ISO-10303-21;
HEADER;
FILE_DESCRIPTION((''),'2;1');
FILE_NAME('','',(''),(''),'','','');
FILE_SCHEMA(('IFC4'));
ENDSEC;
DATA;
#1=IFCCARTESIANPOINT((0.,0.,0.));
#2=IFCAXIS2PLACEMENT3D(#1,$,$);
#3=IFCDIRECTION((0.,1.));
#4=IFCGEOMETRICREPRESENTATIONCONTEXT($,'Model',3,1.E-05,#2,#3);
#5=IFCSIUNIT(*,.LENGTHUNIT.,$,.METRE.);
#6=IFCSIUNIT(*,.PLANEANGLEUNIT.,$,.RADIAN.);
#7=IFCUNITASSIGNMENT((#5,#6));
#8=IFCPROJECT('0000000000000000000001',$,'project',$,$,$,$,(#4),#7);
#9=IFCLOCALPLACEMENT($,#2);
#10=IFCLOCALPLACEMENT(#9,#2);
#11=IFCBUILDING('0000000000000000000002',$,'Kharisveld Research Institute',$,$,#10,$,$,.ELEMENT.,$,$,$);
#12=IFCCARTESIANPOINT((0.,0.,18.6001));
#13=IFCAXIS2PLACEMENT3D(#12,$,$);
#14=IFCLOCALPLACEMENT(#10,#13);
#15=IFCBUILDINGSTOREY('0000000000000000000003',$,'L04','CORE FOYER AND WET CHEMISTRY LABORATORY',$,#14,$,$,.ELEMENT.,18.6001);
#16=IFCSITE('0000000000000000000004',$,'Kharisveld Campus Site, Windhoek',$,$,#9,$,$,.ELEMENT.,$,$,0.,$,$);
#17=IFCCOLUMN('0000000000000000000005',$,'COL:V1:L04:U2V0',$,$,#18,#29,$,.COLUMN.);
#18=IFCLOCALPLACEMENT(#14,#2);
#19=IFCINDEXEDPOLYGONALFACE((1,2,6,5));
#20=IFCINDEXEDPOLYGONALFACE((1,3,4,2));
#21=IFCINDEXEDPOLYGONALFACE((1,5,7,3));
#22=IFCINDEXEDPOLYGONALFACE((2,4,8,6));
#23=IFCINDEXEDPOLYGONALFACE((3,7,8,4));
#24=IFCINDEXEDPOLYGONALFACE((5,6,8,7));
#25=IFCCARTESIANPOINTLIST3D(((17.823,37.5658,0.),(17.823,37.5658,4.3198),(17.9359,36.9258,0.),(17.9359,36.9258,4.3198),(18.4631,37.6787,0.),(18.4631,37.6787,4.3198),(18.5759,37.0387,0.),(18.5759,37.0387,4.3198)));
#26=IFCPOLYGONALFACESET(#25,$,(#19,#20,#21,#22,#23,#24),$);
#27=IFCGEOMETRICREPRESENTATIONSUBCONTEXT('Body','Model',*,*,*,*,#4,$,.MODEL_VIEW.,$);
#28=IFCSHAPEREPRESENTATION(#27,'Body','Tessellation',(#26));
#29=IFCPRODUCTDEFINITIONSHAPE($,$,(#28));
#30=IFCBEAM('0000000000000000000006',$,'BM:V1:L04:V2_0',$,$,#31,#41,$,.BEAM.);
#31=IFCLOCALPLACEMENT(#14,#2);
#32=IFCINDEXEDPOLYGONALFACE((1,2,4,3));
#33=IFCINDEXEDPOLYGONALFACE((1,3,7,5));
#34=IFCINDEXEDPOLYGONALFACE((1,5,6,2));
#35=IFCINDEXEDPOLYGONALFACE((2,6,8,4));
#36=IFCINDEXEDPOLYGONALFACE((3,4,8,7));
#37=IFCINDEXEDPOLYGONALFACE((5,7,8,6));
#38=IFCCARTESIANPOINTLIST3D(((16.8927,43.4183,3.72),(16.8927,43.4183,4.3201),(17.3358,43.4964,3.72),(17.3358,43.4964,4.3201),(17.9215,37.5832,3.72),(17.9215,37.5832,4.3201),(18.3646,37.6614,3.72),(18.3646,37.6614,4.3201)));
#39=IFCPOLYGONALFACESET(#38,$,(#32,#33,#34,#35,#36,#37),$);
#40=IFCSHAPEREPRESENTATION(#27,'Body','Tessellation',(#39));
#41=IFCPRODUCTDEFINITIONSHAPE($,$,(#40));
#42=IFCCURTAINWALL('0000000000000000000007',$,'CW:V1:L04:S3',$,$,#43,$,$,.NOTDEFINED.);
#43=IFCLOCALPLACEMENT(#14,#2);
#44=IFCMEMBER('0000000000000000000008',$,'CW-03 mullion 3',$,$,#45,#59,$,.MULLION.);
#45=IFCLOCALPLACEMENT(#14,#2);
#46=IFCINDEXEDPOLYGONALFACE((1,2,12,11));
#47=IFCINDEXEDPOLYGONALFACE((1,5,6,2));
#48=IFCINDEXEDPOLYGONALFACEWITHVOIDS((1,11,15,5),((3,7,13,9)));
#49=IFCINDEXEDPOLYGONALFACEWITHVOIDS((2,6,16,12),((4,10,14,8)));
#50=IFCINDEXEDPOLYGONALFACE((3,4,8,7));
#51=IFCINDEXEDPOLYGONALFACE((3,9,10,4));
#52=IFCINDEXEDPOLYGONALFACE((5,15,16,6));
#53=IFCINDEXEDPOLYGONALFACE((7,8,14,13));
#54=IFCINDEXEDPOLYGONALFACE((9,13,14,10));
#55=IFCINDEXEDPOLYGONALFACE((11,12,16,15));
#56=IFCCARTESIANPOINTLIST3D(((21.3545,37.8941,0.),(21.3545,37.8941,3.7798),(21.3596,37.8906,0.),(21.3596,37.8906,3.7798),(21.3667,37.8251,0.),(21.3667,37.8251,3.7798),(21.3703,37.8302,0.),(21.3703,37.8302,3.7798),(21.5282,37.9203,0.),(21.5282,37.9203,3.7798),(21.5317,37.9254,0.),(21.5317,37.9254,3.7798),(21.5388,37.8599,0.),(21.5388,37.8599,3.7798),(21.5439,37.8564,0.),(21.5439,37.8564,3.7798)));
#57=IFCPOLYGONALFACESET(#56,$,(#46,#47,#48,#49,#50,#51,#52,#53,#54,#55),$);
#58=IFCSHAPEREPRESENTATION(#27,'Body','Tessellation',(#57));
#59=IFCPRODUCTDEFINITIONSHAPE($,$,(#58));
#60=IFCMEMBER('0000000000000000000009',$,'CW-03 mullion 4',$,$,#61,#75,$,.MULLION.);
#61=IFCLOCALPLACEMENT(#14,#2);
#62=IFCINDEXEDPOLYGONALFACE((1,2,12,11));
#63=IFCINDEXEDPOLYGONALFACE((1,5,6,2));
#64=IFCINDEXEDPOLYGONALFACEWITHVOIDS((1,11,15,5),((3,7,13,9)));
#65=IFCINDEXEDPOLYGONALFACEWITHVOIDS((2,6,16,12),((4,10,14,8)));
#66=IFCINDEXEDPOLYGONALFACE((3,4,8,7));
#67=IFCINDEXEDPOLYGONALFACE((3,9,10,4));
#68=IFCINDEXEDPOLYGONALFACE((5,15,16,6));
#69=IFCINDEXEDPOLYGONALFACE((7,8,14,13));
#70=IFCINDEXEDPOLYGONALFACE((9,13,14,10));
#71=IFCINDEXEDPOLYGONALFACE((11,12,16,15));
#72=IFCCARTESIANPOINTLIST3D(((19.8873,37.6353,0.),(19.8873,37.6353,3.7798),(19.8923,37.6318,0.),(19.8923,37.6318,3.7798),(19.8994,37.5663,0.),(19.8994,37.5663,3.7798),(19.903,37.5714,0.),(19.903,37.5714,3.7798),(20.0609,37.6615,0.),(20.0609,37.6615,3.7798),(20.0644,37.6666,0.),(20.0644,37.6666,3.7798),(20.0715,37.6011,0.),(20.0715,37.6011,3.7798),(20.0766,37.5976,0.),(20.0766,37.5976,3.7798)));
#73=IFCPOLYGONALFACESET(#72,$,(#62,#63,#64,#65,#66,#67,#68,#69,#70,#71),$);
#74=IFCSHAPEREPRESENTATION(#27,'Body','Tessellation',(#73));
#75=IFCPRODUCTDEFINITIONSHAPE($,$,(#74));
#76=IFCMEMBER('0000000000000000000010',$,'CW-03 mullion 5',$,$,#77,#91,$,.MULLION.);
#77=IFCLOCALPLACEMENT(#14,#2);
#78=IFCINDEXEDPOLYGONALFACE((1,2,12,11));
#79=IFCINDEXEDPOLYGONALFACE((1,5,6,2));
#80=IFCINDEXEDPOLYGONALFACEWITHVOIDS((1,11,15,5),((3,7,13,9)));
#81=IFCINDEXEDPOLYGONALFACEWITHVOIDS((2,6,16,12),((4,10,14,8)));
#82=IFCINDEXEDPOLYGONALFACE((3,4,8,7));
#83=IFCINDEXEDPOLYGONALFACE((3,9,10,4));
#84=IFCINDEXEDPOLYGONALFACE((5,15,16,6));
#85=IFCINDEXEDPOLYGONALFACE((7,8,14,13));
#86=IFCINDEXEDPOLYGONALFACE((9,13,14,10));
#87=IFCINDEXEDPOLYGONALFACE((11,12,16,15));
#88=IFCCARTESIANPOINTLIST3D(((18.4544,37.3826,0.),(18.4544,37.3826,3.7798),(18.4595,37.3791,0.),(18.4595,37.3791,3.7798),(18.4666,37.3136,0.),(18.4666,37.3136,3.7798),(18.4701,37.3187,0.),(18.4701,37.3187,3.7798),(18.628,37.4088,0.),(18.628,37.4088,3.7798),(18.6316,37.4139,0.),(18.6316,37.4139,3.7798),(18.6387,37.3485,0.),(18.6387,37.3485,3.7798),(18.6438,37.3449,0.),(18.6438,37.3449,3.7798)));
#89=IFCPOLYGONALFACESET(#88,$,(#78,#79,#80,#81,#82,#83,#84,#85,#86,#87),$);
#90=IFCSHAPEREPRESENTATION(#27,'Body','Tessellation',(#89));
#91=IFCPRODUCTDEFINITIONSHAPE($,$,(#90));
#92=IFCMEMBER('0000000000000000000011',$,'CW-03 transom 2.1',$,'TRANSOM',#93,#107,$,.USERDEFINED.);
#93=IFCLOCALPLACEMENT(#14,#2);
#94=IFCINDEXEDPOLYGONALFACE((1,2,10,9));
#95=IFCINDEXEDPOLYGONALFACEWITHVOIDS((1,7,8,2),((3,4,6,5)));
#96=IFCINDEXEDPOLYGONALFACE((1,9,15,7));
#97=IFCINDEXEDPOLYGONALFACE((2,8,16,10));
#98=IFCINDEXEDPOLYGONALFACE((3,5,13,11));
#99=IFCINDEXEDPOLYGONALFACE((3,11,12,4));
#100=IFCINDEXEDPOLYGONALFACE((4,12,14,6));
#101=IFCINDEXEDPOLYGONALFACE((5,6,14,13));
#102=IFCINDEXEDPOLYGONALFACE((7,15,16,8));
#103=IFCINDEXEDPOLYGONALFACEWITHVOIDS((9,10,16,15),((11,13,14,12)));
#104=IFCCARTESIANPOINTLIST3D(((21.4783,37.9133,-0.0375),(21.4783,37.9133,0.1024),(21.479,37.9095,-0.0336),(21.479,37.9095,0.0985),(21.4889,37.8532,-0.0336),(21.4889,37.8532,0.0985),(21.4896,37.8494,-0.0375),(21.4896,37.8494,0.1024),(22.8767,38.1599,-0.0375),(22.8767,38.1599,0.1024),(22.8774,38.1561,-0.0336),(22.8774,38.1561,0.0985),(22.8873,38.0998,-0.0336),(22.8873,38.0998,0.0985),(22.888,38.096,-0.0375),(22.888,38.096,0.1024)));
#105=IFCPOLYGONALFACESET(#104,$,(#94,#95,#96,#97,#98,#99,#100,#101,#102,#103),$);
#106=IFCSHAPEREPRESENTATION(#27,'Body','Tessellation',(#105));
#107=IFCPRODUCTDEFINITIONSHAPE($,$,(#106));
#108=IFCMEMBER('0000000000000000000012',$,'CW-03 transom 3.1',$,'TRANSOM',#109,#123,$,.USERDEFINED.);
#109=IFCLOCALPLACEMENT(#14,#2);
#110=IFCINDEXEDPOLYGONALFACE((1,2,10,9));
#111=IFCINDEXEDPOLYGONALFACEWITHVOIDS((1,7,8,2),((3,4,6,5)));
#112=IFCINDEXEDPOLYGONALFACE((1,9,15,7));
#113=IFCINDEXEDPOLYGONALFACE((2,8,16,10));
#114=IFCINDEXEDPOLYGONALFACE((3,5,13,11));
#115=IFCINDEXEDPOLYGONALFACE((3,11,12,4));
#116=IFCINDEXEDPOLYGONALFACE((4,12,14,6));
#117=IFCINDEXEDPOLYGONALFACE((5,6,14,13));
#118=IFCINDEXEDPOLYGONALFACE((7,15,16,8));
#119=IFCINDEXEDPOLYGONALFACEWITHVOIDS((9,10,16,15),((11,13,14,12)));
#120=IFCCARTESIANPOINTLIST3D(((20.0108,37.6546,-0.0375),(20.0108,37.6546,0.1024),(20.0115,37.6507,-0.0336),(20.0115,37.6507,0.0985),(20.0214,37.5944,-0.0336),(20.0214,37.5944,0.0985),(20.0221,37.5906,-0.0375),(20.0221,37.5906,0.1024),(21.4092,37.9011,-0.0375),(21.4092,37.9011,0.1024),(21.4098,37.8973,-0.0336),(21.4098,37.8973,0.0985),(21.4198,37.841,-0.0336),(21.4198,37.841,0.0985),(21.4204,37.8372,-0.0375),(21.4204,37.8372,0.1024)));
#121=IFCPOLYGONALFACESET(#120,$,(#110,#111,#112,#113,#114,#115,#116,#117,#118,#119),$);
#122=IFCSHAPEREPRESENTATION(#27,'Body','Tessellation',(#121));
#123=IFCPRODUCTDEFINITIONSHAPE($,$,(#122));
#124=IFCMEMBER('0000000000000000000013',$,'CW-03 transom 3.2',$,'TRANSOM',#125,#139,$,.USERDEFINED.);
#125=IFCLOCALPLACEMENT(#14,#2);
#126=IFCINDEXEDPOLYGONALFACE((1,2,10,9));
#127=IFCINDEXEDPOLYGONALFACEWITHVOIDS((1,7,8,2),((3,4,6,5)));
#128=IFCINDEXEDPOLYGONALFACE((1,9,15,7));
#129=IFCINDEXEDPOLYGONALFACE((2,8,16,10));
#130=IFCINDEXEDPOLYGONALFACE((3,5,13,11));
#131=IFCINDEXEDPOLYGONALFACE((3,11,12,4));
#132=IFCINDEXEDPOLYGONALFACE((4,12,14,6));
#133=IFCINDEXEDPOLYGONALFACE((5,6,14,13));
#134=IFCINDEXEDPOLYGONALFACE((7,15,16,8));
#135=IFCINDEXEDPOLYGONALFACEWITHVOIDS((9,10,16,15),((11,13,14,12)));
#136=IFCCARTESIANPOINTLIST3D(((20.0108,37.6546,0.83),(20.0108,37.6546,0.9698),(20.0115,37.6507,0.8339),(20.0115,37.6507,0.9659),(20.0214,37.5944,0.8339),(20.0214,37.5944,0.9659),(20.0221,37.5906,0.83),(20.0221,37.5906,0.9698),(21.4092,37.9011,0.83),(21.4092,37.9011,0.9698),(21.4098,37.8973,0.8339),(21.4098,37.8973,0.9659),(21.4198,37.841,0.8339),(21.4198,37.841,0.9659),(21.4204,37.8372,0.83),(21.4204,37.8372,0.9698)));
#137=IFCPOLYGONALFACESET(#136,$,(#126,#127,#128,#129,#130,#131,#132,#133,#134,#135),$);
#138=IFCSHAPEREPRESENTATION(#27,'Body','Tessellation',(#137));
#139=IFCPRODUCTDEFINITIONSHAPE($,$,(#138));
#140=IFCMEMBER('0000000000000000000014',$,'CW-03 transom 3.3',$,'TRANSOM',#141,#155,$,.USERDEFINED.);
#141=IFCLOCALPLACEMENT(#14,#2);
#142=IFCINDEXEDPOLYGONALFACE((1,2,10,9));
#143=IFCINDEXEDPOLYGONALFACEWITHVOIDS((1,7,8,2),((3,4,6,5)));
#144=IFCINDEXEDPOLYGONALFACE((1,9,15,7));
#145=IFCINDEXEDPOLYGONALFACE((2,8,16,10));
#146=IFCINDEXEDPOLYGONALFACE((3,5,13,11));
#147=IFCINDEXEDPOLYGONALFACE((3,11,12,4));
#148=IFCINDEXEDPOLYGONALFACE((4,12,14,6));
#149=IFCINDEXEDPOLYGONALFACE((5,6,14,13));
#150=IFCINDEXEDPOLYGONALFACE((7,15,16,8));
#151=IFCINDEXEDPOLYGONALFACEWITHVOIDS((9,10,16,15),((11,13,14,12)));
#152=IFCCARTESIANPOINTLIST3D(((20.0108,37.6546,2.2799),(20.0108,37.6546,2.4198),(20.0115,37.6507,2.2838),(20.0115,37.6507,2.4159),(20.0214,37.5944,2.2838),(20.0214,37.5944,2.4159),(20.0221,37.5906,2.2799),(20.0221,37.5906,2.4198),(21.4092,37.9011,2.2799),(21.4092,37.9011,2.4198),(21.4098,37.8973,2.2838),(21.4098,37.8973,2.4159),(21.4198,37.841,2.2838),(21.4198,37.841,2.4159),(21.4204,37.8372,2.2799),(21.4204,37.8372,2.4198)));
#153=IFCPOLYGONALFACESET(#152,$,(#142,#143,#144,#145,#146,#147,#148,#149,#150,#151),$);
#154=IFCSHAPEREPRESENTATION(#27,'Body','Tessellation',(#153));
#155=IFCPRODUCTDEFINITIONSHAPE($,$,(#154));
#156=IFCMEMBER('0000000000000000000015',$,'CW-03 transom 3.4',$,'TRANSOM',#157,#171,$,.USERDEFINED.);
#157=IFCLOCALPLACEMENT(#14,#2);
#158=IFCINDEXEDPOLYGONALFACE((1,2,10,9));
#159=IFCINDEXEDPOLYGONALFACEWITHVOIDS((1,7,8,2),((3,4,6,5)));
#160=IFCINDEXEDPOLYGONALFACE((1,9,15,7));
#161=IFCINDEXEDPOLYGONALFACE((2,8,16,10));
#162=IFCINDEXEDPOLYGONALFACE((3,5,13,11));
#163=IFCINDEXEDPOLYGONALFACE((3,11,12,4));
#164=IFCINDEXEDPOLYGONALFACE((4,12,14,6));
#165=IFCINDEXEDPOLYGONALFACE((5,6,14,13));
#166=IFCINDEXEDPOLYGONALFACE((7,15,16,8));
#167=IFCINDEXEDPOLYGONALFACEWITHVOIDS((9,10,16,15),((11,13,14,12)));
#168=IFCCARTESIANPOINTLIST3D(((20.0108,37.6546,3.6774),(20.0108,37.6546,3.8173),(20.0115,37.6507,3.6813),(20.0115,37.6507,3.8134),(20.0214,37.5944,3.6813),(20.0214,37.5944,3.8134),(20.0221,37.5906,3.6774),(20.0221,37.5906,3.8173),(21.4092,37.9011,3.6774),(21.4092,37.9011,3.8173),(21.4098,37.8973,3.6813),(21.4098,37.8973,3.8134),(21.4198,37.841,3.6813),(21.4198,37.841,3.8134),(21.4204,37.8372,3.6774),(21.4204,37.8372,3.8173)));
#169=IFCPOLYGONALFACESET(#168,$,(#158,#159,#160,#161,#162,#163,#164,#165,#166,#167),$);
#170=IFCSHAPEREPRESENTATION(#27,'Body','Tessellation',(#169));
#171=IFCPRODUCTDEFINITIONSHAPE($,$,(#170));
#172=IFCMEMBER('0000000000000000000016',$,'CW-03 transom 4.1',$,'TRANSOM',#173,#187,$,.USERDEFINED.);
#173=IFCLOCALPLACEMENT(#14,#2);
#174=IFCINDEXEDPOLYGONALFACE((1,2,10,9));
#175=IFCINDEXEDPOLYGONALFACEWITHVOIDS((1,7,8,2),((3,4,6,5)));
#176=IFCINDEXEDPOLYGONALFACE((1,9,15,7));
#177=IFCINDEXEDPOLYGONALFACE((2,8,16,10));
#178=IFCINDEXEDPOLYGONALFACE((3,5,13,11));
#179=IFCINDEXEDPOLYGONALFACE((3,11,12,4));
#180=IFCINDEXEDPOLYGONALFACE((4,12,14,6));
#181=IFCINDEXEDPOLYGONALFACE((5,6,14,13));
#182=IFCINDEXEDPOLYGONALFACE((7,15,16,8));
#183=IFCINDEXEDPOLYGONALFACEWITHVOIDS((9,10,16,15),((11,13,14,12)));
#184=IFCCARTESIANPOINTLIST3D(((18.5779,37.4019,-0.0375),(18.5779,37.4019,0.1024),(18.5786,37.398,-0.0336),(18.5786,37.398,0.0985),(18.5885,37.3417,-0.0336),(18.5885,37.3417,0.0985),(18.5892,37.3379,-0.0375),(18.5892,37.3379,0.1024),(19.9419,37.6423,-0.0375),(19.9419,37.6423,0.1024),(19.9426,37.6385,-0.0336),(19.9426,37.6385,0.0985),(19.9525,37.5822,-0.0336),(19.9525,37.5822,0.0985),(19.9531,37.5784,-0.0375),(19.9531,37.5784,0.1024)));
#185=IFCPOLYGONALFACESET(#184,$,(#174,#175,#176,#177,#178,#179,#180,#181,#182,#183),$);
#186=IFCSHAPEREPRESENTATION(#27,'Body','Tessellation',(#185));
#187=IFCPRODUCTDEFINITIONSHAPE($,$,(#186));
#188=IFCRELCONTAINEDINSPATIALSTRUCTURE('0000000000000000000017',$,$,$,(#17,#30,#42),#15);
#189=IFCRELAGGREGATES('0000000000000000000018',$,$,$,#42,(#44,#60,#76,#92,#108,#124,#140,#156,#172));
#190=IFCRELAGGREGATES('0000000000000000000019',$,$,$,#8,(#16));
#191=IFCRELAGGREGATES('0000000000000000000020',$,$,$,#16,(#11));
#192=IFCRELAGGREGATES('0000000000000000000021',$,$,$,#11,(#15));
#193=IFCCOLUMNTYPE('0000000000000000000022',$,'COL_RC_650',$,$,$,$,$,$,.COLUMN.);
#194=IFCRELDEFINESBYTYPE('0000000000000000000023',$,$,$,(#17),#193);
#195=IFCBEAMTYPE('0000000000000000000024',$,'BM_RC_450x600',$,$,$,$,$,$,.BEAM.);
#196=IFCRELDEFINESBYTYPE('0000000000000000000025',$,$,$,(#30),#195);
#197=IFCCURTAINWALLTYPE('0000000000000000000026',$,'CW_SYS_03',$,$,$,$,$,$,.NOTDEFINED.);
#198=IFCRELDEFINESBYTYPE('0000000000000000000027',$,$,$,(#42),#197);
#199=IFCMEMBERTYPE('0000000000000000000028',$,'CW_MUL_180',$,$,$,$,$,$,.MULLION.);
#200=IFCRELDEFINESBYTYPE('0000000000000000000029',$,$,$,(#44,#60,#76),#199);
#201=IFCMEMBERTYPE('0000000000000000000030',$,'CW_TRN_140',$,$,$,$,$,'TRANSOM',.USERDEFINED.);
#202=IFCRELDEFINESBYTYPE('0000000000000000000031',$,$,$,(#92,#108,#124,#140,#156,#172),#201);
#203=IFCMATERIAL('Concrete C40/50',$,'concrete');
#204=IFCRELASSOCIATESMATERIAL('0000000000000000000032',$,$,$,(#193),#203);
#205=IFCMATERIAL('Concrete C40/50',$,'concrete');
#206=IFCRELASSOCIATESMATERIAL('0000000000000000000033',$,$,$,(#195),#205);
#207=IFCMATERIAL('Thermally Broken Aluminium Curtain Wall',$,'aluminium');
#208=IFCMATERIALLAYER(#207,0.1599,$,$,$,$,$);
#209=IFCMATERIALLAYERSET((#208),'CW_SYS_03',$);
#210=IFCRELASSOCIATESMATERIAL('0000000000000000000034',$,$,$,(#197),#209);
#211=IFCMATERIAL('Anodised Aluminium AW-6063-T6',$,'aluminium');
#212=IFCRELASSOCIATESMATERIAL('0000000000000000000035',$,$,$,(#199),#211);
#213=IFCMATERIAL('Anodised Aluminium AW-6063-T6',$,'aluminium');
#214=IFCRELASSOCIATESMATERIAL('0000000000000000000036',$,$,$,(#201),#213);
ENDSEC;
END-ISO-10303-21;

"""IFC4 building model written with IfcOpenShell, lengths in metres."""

from ifc_helpers import new_model, si_unit, direction, frame, origin, origin_2d, place, context, subcontext, project, spatial, rectangle, hollow_rectangle, extrude, material, layer, layer_set, material_profile, profile_set, type_object, element, aggregate, save


model = new_model("IFC4")

# Units and contexts
model_context = context("Model", 3, precision=1e-05, world=origin(), true_north=direction((0.0, 1.0)))
body_context = subcontext(model_context, "Body", "Model", "MODEL_VIEW")
ifc_project = project(units=[si_unit("LENGTHUNIT", "METRE"), si_unit("PLANEANGLEUNIT", "RADIAN")], contexts=[model_context])

# Site, building, storey
site_placement = place(None, origin())
site = spatial("IfcSite", under=ifc_project, at=site_placement, Name="Kharisveld Campus Site, Windhoek", CompositionType="ELEMENT", RefElevation=0.0)
building_placement = place(site_placement, origin())
building = spatial("IfcBuilding", under=site, at=building_placement, Name="Kharisveld Research Institute", CompositionType="ELEMENT")
storey_placement = place(building_placement, frame((0.0, 0.0, 18.6001)))
storey = spatial("IfcBuildingStorey", under=building, at=storey_placement, Name="L04", Description="CORE FOYER AND WET CHEMISTRY LABORATORY", CompositionType="ELEMENT", Elevation=18.6001)

# Column
ifc_material_1 = material(Name="Concrete C40/50", Category="concrete")
ifc_material_profile_1 = material_profile(ifc_material_1, rectangle(XDim=0.6499, YDim=0.6499, at=origin_2d()))
ifc_profile_set_1 = profile_set([ifc_material_profile_1], Name="Concrete C40/50")
column_type = type_object("IfcColumnType", Name="COL_RC_650", PredefinedType="COLUMN", material=ifc_profile_set_1)
column_placement = place(storey_placement, frame((18.1995, 37.3022, 0.0), z_axis=(0.0, 0.0, 1.0), x_axis=(0.984808, 0.173648, 0.0)))
element("IfcColumn", 1, at=column_placement, inside=storey, type_object=column_type, Name="COL:V1:L04:U2V0", PredefinedType="COLUMN", context=body_context, shape_type="SweptSolid", body=[
    extrude(rectangle(XDim=0.6499, YDim=0.6499, at=origin_2d()), origin(), (0.0, 0.0, 1.0), 4.3198),
])

# Beam
ifc_material_2 = material(Name="Concrete C40/50", Category="concrete")
ifc_material_profile_2 = material_profile(ifc_material_2, rectangle(XDim=0.45, YDim=0.6001, at=origin_2d()))
ifc_profile_set_2 = profile_set([ifc_material_profile_2], Name="Concrete C40/50")
beam_type_1 = type_object("IfcBeamType", Name="BM_RC_450x600", PredefinedType="BEAM", material=ifc_profile_set_2)
beam_1_placement = place(storey_placement, frame((18.1431, 37.6223, 4.02), z_axis=(-0.17364, 0.984809, 0.0), x_axis=(-0.984809, -0.17364, 0.0)))
element("IfcBeam", 2, at=beam_1_placement, inside=storey, type_object=beam_type_1, Name="BM:V1:L04:V2_0", PredefinedType="BEAM", context=body_context, shape_type="SweptSolid", body=[
    extrude(rectangle(XDim=0.45, YDim=0.6001, at=origin_2d()), origin(), (0.0, 0.0, 1.0), 5.925),
])

# Curtain wall, members
ifc_material_3 = material(Name="Thermally Broken Aluminium Curtain Wall", Category="aluminium")
ifc_layer_1 = layer(ifc_material_3, 0.1599)
ifc_layer_set_1 = layer_set([ifc_layer_1], Name="CW_SYS_03")
curtain_wall_type = type_object("IfcCurtainWallType", Name="CW_SYS_03", PredefinedType="NOTDEFINED", material=ifc_layer_set_1)
curtain_wall_placement = place(storey_placement, origin())
curtain_wall = element("IfcCurtainWall", 3, at=curtain_wall_placement, inside=storey, type_object=curtain_wall_type, Name="CW:V1:L04:S3", PredefinedType="NOTDEFINED")
ifc_material_4 = material(Name="Anodised Aluminium AW-6063-T6", Category="aluminium")
ifc_material_profile_3 = material_profile(ifc_material_4, hollow_rectangle(XDim=0.0701, YDim=0.1799, WallThickness=0.0044, at=origin_2d()))
ifc_profile_set_3 = profile_set([ifc_material_profile_3], Name="Anodised Aluminium AW-6063-T6")
member_type_1 = type_object("IfcMemberType", Name="CW_MUL_180", PredefinedType="MULLION", material=ifc_profile_set_3)
member_1_placement = place(storey_placement, frame((21.4492, 37.8752, 0.0), z_axis=(0.0, 0.0, 1.0), x_axis=(0.173648, -0.984808, 0.0)))
member_1 = element("IfcMember", 4, at=member_1_placement, type_object=member_type_1, Name="CW-03 mullion 3", PredefinedType="MULLION", context=body_context, shape_type="SweptSolid", body=[
    extrude(hollow_rectangle(XDim=0.0701, YDim=0.1799, WallThickness=0.0044, at=origin_2d()), origin(), (0.0, 0.0, 1.0), 3.7798),
])
member_2_placement = place(storey_placement, frame((19.9819, 37.6165, 0.0), z_axis=(0.0, 0.0, 1.0), x_axis=(0.173648, -0.984808, 0.0)))
member_2 = element("IfcMember", 5, at=member_2_placement, type_object=member_type_1, Name="CW-03 mullion 4", PredefinedType="MULLION", context=body_context, shape_type="SweptSolid", body=[
    extrude(hollow_rectangle(XDim=0.0701, YDim=0.1799, WallThickness=0.0044, at=origin_2d()), origin(), (0.0, 0.0, 1.0), 3.7798),
])
member_3_placement = place(storey_placement, frame((18.5491, 37.3638, 0.0), z_axis=(0.0, 0.0, 1.0), x_axis=(0.173648, -0.984808, 0.0)))
member_3 = element("IfcMember", 6, at=member_3_placement, type_object=member_type_1, Name="CW-03 mullion 5", PredefinedType="MULLION", context=body_context, shape_type="SweptSolid", body=[
    extrude(hollow_rectangle(XDim=0.0701, YDim=0.1799, WallThickness=0.0044, at=origin_2d()), origin(), (0.0, 0.0, 1.0), 3.7798),
])
ifc_material_5 = material(Name="Anodised Aluminium AW-6063-T6", Category="aluminium")
ifc_material_profile_4 = material_profile(ifc_material_5, hollow_rectangle(XDim=0.0649, YDim=0.1399, WallThickness=0.0039, at=origin_2d()))
ifc_profile_set_4 = profile_set([ifc_material_profile_4], Name="Anodised Aluminium AW-6063-T6")
member_type_2 = type_object("IfcMemberType", Name="CW_TRN_140", ElementType="TRANSOM", PredefinedType="USERDEFINED", material=ifc_profile_set_4)
member_4_placement = place(storey_placement, frame((22.8823, 38.1279, 0.0325), z_axis=(-0.984808, -0.173648, 0.0), x_axis=(0.173648, -0.984808, 0.0)))
member_4 = element("IfcMember", 7, at=member_4_placement, type_object=member_type_2, Name="CW-03 transom 2.1", ObjectType="TRANSOM", PredefinedType="USERDEFINED", context=body_context, shape_type="SweptSolid", body=[
    extrude(hollow_rectangle(XDim=0.0649, YDim=0.1399, WallThickness=0.0039, at=origin_2d()), origin(), (0.0, 0.0, 1.0), 1.4199),
])
member_5_placement = place(storey_placement, frame((21.4148, 37.8691, 0.0325), z_axis=(-0.984808, -0.173648, 0.0), x_axis=(0.173648, -0.984808, 0.0)))
member_5 = element("IfcMember", 8, at=member_5_placement, type_object=member_type_2, Name="CW-03 transom 3.1", ObjectType="TRANSOM", PredefinedType="USERDEFINED", context=body_context, shape_type="SweptSolid", body=[
    extrude(hollow_rectangle(XDim=0.0649, YDim=0.1399, WallThickness=0.0039, at=origin_2d()), origin(), (0.0, 0.0, 1.0), 1.4199),
])
member_6_placement = place(storey_placement, frame((21.4148, 37.8691, 0.8999), z_axis=(-0.984808, -0.173648, 0.0), x_axis=(0.173648, -0.984808, 0.0)))
member_6 = element("IfcMember", 9, at=member_6_placement, type_object=member_type_2, Name="CW-03 transom 3.2", ObjectType="TRANSOM", PredefinedType="USERDEFINED", context=body_context, shape_type="SweptSolid", body=[
    extrude(hollow_rectangle(XDim=0.0649, YDim=0.1399, WallThickness=0.0039, at=origin_2d()), origin(), (0.0, 0.0, 1.0), 1.4199),
])
member_7_placement = place(storey_placement, frame((21.4148, 37.8691, 2.3499), z_axis=(-0.984808, -0.173648, 0.0), x_axis=(0.173648, -0.984808, 0.0)))
member_7 = element("IfcMember", 10, at=member_7_placement, type_object=member_type_2, Name="CW-03 transom 3.3", ObjectType="TRANSOM", PredefinedType="USERDEFINED", context=body_context, shape_type="SweptSolid", body=[
    extrude(hollow_rectangle(XDim=0.0649, YDim=0.1399, WallThickness=0.0039, at=origin_2d()), origin(), (0.0, 0.0, 1.0), 1.4199),
])
member_8_placement = place(storey_placement, frame((21.4148, 37.8691, 3.7473), z_axis=(-0.984808, -0.173648, 0.0), x_axis=(0.173648, -0.984808, 0.0)))
member_8 = element("IfcMember", 11, at=member_8_placement, type_object=member_type_2, Name="CW-03 transom 3.4", ObjectType="TRANSOM", PredefinedType="USERDEFINED", context=body_context, shape_type="SweptSolid", body=[
    extrude(hollow_rectangle(XDim=0.0649, YDim=0.1399, WallThickness=0.0039, at=origin_2d()), origin(), (0.0, 0.0, 1.0), 1.4199),
])
member_9_placement = place(storey_placement, frame((19.9475, 37.6104, 0.0325), z_axis=(-0.984812, -0.173624, 0.0), x_axis=(0.173624, -0.984812, 0.0)))
member_9 = element("IfcMember", 12, at=member_9_placement, type_object=member_type_2, Name="CW-03 transom 4.1", ObjectType="TRANSOM", PredefinedType="USERDEFINED", context=body_context, shape_type="SweptSolid", body=[
    extrude(hollow_rectangle(XDim=0.0649, YDim=0.1399, WallThickness=0.0039, at=origin_2d()), origin(), (0.0, 0.0, 1.0), 1.385),
])

aggregate(curtain_wall, [member_1, member_2, member_3, member_4, member_5, member_6, member_7, member_8, member_9])

save(model, "model.ifc")
